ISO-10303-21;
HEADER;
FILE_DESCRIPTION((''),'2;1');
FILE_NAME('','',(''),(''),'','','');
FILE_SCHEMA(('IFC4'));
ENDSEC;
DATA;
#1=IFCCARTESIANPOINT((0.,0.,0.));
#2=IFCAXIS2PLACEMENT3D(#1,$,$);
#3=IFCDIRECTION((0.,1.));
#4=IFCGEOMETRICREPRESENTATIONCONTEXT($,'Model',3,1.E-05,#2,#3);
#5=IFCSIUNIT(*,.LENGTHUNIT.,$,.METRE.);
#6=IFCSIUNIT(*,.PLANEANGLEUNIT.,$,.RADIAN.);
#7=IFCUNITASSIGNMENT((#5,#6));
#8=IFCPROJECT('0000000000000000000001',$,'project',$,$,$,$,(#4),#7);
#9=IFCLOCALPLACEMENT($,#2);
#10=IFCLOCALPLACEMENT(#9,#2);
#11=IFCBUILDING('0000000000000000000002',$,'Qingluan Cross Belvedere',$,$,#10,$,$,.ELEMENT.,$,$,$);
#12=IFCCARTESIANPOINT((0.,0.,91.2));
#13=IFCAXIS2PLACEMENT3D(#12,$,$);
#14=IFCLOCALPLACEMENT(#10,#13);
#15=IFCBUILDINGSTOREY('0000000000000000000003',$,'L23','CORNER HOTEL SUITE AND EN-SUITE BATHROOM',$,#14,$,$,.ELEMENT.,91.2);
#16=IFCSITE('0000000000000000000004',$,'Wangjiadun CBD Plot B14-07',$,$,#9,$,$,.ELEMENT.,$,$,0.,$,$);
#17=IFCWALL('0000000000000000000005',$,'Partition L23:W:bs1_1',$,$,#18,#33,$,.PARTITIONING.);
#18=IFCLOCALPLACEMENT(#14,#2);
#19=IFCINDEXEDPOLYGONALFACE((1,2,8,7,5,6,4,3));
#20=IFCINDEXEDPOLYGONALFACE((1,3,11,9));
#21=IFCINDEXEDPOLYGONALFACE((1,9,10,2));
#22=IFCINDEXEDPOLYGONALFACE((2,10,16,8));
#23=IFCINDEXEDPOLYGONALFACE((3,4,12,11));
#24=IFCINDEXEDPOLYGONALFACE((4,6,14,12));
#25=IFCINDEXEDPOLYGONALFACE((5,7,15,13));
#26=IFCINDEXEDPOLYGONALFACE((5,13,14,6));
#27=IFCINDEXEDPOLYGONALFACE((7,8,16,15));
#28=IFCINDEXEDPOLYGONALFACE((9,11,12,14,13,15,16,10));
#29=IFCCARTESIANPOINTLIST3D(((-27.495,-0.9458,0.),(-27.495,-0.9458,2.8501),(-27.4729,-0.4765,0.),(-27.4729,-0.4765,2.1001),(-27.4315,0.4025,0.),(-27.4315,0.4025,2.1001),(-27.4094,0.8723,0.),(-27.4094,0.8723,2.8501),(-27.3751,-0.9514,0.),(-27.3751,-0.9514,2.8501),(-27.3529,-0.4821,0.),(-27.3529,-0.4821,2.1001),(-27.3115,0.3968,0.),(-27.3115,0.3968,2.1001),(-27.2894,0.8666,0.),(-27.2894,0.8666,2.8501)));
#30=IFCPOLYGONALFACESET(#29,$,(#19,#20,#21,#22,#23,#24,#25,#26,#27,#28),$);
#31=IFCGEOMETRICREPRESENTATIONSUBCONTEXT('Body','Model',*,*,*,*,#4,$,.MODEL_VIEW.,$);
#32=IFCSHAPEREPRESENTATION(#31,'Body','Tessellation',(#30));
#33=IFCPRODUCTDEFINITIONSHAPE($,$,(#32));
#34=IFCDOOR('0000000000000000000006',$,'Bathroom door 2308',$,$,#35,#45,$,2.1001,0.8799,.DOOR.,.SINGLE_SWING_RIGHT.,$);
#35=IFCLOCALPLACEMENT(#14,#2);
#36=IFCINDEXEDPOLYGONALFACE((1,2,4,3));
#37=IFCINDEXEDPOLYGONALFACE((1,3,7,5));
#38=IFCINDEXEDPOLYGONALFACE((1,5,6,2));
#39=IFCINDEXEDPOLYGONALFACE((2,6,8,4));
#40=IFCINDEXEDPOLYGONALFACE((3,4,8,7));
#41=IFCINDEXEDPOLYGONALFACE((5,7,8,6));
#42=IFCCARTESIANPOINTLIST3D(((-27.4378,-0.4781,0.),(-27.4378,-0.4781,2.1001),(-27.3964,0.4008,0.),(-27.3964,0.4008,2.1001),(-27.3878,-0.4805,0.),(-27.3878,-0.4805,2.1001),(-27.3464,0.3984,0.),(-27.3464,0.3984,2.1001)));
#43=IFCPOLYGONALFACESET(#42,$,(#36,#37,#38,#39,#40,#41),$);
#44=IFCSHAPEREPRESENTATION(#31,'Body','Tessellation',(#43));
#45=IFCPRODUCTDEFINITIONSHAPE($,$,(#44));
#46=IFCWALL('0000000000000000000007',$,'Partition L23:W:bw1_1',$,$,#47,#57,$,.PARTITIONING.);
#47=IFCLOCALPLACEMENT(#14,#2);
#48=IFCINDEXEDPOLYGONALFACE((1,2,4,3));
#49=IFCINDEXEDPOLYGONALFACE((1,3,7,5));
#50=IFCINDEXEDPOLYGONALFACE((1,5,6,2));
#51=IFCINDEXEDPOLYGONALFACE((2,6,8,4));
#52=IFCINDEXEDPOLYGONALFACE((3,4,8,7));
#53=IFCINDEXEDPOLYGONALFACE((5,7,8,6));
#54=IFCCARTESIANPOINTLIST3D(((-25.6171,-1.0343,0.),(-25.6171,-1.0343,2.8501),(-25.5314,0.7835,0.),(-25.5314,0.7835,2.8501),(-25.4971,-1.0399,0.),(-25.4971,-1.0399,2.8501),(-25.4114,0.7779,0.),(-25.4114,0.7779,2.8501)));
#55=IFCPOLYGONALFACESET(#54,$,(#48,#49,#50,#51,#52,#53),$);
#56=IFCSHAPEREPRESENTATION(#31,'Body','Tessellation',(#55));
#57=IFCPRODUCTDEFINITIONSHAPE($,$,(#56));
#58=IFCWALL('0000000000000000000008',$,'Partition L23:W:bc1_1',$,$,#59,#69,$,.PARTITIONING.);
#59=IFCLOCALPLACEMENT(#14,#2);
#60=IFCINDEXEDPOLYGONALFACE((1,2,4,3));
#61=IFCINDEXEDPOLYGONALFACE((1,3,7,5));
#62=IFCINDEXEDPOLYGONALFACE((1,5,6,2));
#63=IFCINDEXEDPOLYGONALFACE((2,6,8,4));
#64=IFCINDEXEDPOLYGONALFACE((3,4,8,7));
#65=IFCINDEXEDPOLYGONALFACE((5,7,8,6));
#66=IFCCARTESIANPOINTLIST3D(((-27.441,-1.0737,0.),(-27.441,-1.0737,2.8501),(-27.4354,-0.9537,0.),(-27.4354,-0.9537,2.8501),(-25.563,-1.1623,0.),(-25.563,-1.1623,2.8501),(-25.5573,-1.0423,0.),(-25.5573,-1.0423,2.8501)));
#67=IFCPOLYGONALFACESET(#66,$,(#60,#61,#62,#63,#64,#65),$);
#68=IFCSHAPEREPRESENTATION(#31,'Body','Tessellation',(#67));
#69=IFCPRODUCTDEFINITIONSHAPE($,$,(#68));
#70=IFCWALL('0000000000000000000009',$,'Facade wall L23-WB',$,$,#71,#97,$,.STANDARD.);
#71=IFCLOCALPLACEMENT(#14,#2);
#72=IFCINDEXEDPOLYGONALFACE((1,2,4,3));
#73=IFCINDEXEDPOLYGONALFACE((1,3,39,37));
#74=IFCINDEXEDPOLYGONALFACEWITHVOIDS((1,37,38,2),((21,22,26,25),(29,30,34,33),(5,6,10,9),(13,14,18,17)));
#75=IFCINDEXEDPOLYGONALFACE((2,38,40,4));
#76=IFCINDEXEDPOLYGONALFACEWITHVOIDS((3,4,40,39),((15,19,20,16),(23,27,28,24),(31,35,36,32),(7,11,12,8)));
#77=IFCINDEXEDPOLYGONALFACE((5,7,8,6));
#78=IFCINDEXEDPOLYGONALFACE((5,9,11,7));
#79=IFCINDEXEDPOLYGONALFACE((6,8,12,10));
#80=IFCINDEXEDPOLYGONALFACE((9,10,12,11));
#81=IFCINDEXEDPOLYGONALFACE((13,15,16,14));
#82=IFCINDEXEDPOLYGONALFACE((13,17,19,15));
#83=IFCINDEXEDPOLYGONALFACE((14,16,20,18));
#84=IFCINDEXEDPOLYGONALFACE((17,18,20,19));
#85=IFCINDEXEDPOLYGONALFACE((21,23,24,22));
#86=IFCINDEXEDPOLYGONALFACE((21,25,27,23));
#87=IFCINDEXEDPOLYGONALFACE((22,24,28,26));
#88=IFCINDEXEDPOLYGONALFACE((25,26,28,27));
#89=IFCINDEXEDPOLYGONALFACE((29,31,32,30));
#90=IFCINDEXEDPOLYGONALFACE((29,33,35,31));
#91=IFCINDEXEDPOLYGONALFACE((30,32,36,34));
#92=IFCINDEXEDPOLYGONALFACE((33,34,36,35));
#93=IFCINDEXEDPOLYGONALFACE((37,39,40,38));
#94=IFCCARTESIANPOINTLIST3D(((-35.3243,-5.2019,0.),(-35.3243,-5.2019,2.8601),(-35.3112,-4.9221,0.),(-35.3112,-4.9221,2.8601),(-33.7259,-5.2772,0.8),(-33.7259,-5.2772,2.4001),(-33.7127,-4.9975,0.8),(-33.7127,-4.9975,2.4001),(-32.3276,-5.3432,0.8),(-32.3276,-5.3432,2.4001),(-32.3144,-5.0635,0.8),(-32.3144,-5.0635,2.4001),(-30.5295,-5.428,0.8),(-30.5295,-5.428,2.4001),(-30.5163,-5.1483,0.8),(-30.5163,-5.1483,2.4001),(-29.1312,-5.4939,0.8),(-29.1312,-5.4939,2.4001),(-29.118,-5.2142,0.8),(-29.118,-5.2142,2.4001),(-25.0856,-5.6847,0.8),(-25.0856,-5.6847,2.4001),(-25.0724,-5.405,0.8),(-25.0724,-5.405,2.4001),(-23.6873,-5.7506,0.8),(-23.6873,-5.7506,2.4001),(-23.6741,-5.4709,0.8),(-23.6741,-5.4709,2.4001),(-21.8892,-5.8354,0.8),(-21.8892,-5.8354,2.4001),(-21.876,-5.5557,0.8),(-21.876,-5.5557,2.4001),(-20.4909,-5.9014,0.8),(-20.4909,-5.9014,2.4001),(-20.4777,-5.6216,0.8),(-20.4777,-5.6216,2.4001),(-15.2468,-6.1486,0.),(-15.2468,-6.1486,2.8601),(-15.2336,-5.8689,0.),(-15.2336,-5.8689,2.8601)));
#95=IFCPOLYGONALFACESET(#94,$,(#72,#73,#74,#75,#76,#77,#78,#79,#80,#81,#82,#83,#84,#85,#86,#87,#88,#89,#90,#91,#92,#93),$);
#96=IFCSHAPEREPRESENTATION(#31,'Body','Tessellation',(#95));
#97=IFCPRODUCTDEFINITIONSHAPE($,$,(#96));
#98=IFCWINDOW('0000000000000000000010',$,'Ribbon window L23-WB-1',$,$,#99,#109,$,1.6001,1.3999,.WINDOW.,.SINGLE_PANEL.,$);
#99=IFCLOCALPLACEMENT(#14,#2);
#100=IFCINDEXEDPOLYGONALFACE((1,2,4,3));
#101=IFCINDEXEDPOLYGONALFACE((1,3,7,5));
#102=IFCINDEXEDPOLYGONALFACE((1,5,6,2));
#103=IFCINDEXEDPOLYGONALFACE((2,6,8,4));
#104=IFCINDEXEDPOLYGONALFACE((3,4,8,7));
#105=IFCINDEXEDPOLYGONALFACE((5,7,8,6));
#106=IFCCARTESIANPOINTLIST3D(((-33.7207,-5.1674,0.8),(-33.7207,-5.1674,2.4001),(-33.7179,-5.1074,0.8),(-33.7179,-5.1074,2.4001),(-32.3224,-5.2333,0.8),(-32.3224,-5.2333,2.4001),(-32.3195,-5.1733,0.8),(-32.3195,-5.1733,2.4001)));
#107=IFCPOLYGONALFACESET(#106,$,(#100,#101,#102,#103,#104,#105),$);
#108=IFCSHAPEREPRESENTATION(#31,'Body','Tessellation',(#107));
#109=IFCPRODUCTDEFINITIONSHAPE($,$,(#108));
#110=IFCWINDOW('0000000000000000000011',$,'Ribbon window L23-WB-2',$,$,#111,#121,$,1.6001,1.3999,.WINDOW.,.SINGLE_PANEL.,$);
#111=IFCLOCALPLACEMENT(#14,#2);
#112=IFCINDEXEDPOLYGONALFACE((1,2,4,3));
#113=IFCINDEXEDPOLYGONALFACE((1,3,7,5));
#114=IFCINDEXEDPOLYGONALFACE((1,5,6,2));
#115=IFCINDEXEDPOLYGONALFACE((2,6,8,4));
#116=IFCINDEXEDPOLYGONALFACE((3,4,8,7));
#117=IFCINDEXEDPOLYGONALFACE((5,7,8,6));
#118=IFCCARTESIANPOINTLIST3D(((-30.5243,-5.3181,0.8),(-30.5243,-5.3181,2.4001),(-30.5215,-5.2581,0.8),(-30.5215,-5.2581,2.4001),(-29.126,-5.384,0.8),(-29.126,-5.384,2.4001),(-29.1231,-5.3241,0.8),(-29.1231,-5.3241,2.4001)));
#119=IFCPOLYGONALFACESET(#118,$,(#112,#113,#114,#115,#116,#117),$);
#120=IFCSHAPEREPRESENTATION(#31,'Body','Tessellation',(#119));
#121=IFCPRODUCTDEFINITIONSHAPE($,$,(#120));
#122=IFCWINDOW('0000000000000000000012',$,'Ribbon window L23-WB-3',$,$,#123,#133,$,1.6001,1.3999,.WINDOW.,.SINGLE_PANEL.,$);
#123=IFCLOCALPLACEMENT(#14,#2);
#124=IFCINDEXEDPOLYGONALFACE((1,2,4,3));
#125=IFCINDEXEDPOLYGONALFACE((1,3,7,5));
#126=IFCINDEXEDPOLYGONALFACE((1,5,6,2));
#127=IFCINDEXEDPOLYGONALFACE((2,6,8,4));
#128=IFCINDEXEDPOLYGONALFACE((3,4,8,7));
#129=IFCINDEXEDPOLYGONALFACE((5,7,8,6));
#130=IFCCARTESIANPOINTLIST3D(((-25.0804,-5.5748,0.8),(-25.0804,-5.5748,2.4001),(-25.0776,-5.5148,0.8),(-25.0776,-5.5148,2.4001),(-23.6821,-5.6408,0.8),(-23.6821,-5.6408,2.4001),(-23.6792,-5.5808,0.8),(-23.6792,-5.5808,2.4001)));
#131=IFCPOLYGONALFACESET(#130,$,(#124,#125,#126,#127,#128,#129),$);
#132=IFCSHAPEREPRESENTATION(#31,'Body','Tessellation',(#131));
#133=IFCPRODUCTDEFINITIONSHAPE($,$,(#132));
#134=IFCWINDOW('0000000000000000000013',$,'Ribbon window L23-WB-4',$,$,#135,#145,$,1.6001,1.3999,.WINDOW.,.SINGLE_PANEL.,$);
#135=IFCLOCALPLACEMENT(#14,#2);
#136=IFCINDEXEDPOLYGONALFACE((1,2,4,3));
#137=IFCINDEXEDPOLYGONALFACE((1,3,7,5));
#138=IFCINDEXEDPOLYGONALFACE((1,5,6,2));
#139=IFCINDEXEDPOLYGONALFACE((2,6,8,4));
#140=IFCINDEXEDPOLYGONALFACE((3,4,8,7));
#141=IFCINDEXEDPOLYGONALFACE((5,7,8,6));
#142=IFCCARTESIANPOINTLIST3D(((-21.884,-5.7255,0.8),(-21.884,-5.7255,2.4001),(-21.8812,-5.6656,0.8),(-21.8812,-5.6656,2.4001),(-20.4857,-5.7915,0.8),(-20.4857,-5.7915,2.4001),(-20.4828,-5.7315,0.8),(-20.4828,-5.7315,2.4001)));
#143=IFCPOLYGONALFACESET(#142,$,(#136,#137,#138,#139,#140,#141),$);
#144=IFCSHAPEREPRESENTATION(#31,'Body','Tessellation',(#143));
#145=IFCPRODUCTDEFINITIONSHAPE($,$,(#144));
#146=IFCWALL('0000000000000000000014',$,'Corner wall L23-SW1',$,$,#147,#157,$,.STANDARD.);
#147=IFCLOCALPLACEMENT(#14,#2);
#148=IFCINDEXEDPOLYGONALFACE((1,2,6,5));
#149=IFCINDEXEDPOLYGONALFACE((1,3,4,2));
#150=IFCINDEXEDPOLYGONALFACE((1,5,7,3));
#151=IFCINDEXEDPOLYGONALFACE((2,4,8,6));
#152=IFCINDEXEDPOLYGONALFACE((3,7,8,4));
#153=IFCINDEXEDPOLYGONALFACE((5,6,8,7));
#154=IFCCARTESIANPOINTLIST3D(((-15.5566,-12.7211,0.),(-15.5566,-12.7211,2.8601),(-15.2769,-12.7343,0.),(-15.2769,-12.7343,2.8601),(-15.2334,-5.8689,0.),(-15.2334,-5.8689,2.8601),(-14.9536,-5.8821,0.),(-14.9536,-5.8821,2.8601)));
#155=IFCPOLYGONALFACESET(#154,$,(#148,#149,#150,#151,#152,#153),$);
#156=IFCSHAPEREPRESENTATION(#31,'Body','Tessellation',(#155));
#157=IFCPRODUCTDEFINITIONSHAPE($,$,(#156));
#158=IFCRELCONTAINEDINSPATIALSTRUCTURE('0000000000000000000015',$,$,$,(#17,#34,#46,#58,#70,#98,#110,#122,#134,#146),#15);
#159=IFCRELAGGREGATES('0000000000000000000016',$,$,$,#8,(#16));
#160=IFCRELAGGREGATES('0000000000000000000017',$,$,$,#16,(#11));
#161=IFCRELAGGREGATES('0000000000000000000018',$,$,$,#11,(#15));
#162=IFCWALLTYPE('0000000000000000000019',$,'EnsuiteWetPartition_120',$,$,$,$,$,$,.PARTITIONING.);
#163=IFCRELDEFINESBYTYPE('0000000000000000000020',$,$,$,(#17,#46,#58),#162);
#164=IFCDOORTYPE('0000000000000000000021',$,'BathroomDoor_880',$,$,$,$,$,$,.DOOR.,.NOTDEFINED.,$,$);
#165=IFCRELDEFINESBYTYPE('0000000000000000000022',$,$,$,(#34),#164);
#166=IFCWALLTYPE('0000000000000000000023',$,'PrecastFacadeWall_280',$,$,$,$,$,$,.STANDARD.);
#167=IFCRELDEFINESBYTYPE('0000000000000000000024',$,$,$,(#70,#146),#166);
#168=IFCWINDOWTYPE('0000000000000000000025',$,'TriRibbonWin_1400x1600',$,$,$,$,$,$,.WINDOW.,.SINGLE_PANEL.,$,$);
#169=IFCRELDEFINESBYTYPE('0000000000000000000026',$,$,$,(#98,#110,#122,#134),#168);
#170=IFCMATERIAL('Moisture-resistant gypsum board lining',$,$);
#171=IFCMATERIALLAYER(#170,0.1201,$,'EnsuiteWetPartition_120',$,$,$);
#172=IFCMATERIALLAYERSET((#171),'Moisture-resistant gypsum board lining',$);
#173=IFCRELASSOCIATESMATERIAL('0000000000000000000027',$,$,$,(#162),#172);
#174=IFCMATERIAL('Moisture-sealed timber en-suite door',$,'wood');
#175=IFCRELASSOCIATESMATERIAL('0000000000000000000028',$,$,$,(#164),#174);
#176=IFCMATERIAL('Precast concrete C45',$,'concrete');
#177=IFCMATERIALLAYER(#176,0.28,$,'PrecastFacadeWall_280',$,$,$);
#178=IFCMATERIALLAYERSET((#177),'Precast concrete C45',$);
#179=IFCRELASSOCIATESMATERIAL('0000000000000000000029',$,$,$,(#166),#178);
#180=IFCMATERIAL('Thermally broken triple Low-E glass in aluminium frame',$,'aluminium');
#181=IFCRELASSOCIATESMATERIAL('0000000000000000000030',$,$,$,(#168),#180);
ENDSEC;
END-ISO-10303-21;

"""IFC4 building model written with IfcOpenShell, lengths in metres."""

from ifc_helpers import new_model, si_unit, direction, frame, frame_2d, origin, place, context, subcontext, project, spatial, rectangle, extrude, material, layer, layer_set, type_object, element, fill, save


model = new_model("IFC4")

# Units and contexts
model_context = context("Model", 3, precision=1e-05, world=origin(), true_north=direction((0.0, 1.0)))
body_context = subcontext(model_context, "Body", "Model", "MODEL_VIEW")
ifc_project = project(units=[si_unit("LENGTHUNIT", "METRE"), si_unit("PLANEANGLEUNIT", "RADIAN")], contexts=[model_context])

# Site, building, storey
site_placement = place(None, origin())
site = spatial("IfcSite", under=ifc_project, at=site_placement, Name="Wangjiadun CBD Plot B14-07", CompositionType="ELEMENT", RefElevation=0.0)
building_placement = place(site_placement, origin())
building = spatial("IfcBuilding", under=site, at=building_placement, Name="Qingluan Cross Belvedere", CompositionType="ELEMENT")
storey_placement = place(building_placement, frame((0.0, 0.0, 91.2)))
storey = spatial("IfcBuildingStorey", under=building, at=storey_placement, Name="L23", Description="CORNER HOTEL SUITE AND EN-SUITE BATHROOM", CompositionType="ELEMENT", Elevation=91.2)

# Shared definitions
ifc_material_1 = material(Name="Moisture-resistant gypsum board lining")
ifc_layer_1 = layer(ifc_material_1, 0.1201, Name="EnsuiteWetPartition_120")
ifc_layer_set_1 = layer_set([ifc_layer_1], Name="Moisture-resistant gypsum board lining")
wall_type_1 = type_object("IfcWallType", Name="EnsuiteWetPartition_120", PredefinedType="PARTITIONING", material=ifc_layer_set_1)
ifc_material_2 = material(Name="Moisture-sealed timber en-suite door", Category="wood")
door_type = type_object("IfcDoorType", Name="BathroomDoor_880", OperationType="NOTDEFINED", PredefinedType="DOOR", material=ifc_material_2)

# Wall, opening, door
wall_1_placement = place(storey_placement, frame((-27.4351, -0.9487, 0.0), z_axis=(0.0, 0.0, 1.0), x_axis=(0.047081, 0.998891, 0.0)))
wall_1 = element("IfcWall", 1, at=wall_1_placement, inside=storey, type_object=wall_type_1, Name="Partition L23:W:bs1_1", PredefinedType="PARTITIONING", context=body_context, shape_type="SweptSolid", body=[
    extrude(rectangle(XDim=1.8201, YDim=0.1201, at=frame_2d((0.9102, 0.0))), origin(), (0.0, 0.0, 1.0), 2.8501),
])
opening_1_placement = place(wall_1_placement, frame((0.47, 0.0, 0.0)))
opening_1 = element("IfcOpeningElement", 2, at=opening_1_placement, cuts=wall_1, PredefinedType="OPENING", context=body_context, shape_type="SweptSolid", body=[
    extrude(rectangle(XDim=0.8799, YDim=2.1001, at=frame_2d((0.4399, 1.05))), frame((0.0, 0.0701, 0.0), z_axis=(0.0, -1.0, 0.0), x_axis=(1.0, 0.0, 0.0)), (0.0, 0.0, 1.0), 0.1401),
])
door_1_placement = place(opening_1_placement, origin())
door_1 = element("IfcDoor", 3, at=door_1_placement, inside=storey, type_object=door_type, Name="Bathroom door 2308", OperationType="SINGLE_SWING_RIGHT", OverallHeight=2.1001, OverallWidth=0.8799, PredefinedType="DOOR", context=body_context, shape_type="SweptSolid", body=[
    extrude(rectangle(XDim=0.8799, YDim=2.1001, at=frame_2d((0.4399, 1.05))), frame((0.0, 0.0249, 0.0), z_axis=(0.0, -1.0, 0.0), x_axis=(1.0, 0.0, 0.0)), (0.0, 0.0, 1.0), 0.05),
])
fill(opening_1, door_1)

# Walls
wall_2_placement = place(storey_placement, frame((-25.5571, -1.0371, 0.0), z_axis=(0.0, 0.0, 1.0), x_axis=(0.047087, 0.998891, 0.0)))
element("IfcWall", 4, at=wall_2_placement, inside=storey, type_object=wall_type_1, Name="Partition L23:W:bw1_1", PredefinedType="PARTITIONING", context=body_context, shape_type="SweptSolid", body=[
    extrude(rectangle(XDim=1.8198, YDim=0.1201, at=frame_2d((0.9099, 0.0))), origin(), (0.0, 0.0, 1.0), 2.8501),
])
wall_3_placement = place(storey_placement, frame((-25.5603, -1.1023, 0.0), z_axis=(0.0, 0.0, 1.0), x_axis=(-0.998888, 0.047139, 0.0)))
element("IfcWall", 5, at=wall_3_placement, inside=storey, type_object=wall_type_1, Name="Partition L23:W:bc1_1", PredefinedType="PARTITIONING", context=body_context, shape_type="SweptSolid", body=[
    extrude(rectangle(XDim=1.8801, YDim=0.1201, at=frame_2d((0.9399, 0.0))), origin(), (0.0, 0.0, 1.0), 2.8501),
])

# Wall, openings, windows
ifc_material_3 = material(Name="Precast concrete C45", Category="concrete")
ifc_layer_2 = layer(ifc_material_3, 0.28, Name="PrecastFacadeWall_280")
ifc_layer_set_2 = layer_set([ifc_layer_2], Name="Precast concrete C45")
wall_type_2 = type_object("IfcWallType", Name="PrecastFacadeWall_280", PredefinedType="STANDARD", material=ifc_layer_set_2)
wall_4_placement = place(storey_placement, frame((-35.3176, -5.062, 0.0), z_axis=(0.0, 0.0, 1.0), x_axis=(0.99889, -0.047103, 0.0)))
wall_4 = element("IfcWall", 6, at=wall_4_placement, inside=storey, type_object=wall_type_2, Name="Facade wall L23-WB", PredefinedType="STANDARD", context=body_context, shape_type="SweptSolid", body=[
    extrude(rectangle(XDim=20.0999, YDim=0.28, at=frame_2d((10.0498, 0.0))), origin(), (0.0, 0.0, 1.0), 2.8601),
])
opening_2_placement = place(wall_4_placement, frame((1.6001, 0.0, 0.8)))
opening_2 = element("IfcOpeningElement", 7, at=opening_2_placement, cuts=wall_4, PredefinedType="OPENING", context=body_context, shape_type="SweptSolid", body=[
    extrude(rectangle(XDim=1.3999, YDim=1.6001, at=frame_2d((0.7, 0.8))), frame((0.0, 0.1499, 0.0), z_axis=(0.0, -1.0, 0.0), x_axis=(1.0, 0.0, 0.0)), (0.0, 0.0, 1.0), 0.3),
])
opening_3_placement = place(wall_4_placement, frame((4.8, 0.0, 0.8)))
opening_3 = element("IfcOpeningElement", 8, at=opening_3_placement, cuts=wall_4, PredefinedType="OPENING", context=body_context, shape_type="SweptSolid", body=[
    extrude(rectangle(XDim=1.3999, YDim=1.6001, at=frame_2d((0.7, 0.8))), frame((0.0, 0.1499, 0.0), z_axis=(0.0, -1.0, 0.0), x_axis=(1.0, 0.0, 0.0)), (0.0, 0.0, 1.0), 0.3),
])
opening_4_placement = place(wall_4_placement, frame((10.25, 0.0, 0.8)))
opening_4 = element("IfcOpeningElement", 9, at=opening_4_placement, cuts=wall_4, PredefinedType="OPENING", context=body_context, shape_type="SweptSolid", body=[
    extrude(rectangle(XDim=1.3999, YDim=1.6001, at=frame_2d((0.7, 0.8))), frame((0.0, 0.1499, 0.0), z_axis=(0.0, -1.0, 0.0), x_axis=(1.0, 0.0, 0.0)), (0.0, 0.0, 1.0), 0.3),
])
opening_5_placement = place(wall_4_placement, frame((13.45, 0.0, 0.8)))
opening_5 = element("IfcOpeningElement", 10, at=opening_5_placement, cuts=wall_4, PredefinedType="OPENING", context=body_context, shape_type="SweptSolid", body=[
    extrude(rectangle(XDim=1.3999, YDim=1.6001, at=frame_2d((0.7, 0.8))), frame((0.0, 0.1499, 0.0), z_axis=(0.0, -1.0, 0.0), x_axis=(1.0, 0.0, 0.0)), (0.0, 0.0, 1.0), 0.3),
])
ifc_material_4 = material(Name="Thermally broken triple Low-E glass in aluminium frame", Category="aluminium")
window_type = type_object("IfcWindowType", Name="TriRibbonWin_1400x1600", PartitioningType="SINGLE_PANEL", PredefinedType="WINDOW", material=ifc_material_4)
window_1_placement = place(opening_2_placement, origin())
window_1 = element("IfcWindow", 11, at=window_1_placement, inside=storey, type_object=window_type, Name="Ribbon window L23-WB-1", OverallHeight=1.6001, OverallWidth=1.3999, PartitioningType="SINGLE_PANEL", PredefinedType="WINDOW", context=body_context, shape_type="SweptSolid", body=[
    extrude(rectangle(XDim=1.3999, YDim=1.6001, at=frame_2d((0.7, 0.8))), frame((0.0, 0.03, 0.0), z_axis=(0.0, -1.0, 0.0), x_axis=(1.0, 0.0, 0.0)), (0.0, 0.0, 1.0), 0.0601),
])
fill(opening_2, window_1)
window_2_placement = place(opening_3_placement, origin())
window_2 = element("IfcWindow", 12, at=window_2_placement, inside=storey, type_object=window_type, Name="Ribbon window L23-WB-2", OverallHeight=1.6001, OverallWidth=1.3999, PartitioningType="SINGLE_PANEL", PredefinedType="WINDOW", context=body_context, shape_type="SweptSolid", body=[
    extrude(rectangle(XDim=1.3999, YDim=1.6001, at=frame_2d((0.7, 0.8))), frame((0.0, 0.03, 0.0), z_axis=(0.0, -1.0, 0.0), x_axis=(1.0, 0.0, 0.0)), (0.0, 0.0, 1.0), 0.0601),
])
fill(opening_3, window_2)
window_3_placement = place(opening_4_placement, origin())
window_3 = element("IfcWindow", 13, at=window_3_placement, inside=storey, type_object=window_type, Name="Ribbon window L23-WB-3", OverallHeight=1.6001, OverallWidth=1.3999, PartitioningType="SINGLE_PANEL", PredefinedType="WINDOW", context=body_context, shape_type="SweptSolid", body=[
    extrude(rectangle(XDim=1.3999, YDim=1.6001, at=frame_2d((0.7, 0.8))), frame((0.0, 0.03, 0.0), z_axis=(0.0, -1.0, 0.0), x_axis=(1.0, 0.0, 0.0)), (0.0, 0.0, 1.0), 0.0601),
])
fill(opening_4, window_3)
window_4_placement = place(opening_5_placement, origin())
window_4 = element("IfcWindow", 14, at=window_4_placement, inside=storey, type_object=window_type, Name="Ribbon window L23-WB-4", OverallHeight=1.6001, OverallWidth=1.3999, PartitioningType="SINGLE_PANEL", PredefinedType="WINDOW", context=body_context, shape_type="SweptSolid", body=[
    extrude(rectangle(XDim=1.3999, YDim=1.6001, at=frame_2d((0.7, 0.8))), frame((0.0, 0.03, 0.0), z_axis=(0.0, -1.0, 0.0), x_axis=(1.0, 0.0, 0.0)), (0.0, 0.0, 1.0), 0.0601),
])
fill(opening_5, window_4)

# Wall
wall_5_placement = place(storey_placement, frame((-15.0935, -5.8755, 0.0), z_axis=(0.0, 0.0, 1.0), x_axis=(-0.04712, -0.998889, 0.0)))
element("IfcWall", 15, at=wall_5_placement, inside=storey, type_object=wall_type_2, Name="Corner wall L23-SW1", PredefinedType="STANDARD", context=body_context, shape_type="SweptSolid", body=[
    extrude(rectangle(XDim=6.8599, YDim=0.28, at=frame_2d((3.4299, 0.0))), origin(), (0.0, 0.0, 1.0), 2.8601),
])

save(model, "model.ifc")
